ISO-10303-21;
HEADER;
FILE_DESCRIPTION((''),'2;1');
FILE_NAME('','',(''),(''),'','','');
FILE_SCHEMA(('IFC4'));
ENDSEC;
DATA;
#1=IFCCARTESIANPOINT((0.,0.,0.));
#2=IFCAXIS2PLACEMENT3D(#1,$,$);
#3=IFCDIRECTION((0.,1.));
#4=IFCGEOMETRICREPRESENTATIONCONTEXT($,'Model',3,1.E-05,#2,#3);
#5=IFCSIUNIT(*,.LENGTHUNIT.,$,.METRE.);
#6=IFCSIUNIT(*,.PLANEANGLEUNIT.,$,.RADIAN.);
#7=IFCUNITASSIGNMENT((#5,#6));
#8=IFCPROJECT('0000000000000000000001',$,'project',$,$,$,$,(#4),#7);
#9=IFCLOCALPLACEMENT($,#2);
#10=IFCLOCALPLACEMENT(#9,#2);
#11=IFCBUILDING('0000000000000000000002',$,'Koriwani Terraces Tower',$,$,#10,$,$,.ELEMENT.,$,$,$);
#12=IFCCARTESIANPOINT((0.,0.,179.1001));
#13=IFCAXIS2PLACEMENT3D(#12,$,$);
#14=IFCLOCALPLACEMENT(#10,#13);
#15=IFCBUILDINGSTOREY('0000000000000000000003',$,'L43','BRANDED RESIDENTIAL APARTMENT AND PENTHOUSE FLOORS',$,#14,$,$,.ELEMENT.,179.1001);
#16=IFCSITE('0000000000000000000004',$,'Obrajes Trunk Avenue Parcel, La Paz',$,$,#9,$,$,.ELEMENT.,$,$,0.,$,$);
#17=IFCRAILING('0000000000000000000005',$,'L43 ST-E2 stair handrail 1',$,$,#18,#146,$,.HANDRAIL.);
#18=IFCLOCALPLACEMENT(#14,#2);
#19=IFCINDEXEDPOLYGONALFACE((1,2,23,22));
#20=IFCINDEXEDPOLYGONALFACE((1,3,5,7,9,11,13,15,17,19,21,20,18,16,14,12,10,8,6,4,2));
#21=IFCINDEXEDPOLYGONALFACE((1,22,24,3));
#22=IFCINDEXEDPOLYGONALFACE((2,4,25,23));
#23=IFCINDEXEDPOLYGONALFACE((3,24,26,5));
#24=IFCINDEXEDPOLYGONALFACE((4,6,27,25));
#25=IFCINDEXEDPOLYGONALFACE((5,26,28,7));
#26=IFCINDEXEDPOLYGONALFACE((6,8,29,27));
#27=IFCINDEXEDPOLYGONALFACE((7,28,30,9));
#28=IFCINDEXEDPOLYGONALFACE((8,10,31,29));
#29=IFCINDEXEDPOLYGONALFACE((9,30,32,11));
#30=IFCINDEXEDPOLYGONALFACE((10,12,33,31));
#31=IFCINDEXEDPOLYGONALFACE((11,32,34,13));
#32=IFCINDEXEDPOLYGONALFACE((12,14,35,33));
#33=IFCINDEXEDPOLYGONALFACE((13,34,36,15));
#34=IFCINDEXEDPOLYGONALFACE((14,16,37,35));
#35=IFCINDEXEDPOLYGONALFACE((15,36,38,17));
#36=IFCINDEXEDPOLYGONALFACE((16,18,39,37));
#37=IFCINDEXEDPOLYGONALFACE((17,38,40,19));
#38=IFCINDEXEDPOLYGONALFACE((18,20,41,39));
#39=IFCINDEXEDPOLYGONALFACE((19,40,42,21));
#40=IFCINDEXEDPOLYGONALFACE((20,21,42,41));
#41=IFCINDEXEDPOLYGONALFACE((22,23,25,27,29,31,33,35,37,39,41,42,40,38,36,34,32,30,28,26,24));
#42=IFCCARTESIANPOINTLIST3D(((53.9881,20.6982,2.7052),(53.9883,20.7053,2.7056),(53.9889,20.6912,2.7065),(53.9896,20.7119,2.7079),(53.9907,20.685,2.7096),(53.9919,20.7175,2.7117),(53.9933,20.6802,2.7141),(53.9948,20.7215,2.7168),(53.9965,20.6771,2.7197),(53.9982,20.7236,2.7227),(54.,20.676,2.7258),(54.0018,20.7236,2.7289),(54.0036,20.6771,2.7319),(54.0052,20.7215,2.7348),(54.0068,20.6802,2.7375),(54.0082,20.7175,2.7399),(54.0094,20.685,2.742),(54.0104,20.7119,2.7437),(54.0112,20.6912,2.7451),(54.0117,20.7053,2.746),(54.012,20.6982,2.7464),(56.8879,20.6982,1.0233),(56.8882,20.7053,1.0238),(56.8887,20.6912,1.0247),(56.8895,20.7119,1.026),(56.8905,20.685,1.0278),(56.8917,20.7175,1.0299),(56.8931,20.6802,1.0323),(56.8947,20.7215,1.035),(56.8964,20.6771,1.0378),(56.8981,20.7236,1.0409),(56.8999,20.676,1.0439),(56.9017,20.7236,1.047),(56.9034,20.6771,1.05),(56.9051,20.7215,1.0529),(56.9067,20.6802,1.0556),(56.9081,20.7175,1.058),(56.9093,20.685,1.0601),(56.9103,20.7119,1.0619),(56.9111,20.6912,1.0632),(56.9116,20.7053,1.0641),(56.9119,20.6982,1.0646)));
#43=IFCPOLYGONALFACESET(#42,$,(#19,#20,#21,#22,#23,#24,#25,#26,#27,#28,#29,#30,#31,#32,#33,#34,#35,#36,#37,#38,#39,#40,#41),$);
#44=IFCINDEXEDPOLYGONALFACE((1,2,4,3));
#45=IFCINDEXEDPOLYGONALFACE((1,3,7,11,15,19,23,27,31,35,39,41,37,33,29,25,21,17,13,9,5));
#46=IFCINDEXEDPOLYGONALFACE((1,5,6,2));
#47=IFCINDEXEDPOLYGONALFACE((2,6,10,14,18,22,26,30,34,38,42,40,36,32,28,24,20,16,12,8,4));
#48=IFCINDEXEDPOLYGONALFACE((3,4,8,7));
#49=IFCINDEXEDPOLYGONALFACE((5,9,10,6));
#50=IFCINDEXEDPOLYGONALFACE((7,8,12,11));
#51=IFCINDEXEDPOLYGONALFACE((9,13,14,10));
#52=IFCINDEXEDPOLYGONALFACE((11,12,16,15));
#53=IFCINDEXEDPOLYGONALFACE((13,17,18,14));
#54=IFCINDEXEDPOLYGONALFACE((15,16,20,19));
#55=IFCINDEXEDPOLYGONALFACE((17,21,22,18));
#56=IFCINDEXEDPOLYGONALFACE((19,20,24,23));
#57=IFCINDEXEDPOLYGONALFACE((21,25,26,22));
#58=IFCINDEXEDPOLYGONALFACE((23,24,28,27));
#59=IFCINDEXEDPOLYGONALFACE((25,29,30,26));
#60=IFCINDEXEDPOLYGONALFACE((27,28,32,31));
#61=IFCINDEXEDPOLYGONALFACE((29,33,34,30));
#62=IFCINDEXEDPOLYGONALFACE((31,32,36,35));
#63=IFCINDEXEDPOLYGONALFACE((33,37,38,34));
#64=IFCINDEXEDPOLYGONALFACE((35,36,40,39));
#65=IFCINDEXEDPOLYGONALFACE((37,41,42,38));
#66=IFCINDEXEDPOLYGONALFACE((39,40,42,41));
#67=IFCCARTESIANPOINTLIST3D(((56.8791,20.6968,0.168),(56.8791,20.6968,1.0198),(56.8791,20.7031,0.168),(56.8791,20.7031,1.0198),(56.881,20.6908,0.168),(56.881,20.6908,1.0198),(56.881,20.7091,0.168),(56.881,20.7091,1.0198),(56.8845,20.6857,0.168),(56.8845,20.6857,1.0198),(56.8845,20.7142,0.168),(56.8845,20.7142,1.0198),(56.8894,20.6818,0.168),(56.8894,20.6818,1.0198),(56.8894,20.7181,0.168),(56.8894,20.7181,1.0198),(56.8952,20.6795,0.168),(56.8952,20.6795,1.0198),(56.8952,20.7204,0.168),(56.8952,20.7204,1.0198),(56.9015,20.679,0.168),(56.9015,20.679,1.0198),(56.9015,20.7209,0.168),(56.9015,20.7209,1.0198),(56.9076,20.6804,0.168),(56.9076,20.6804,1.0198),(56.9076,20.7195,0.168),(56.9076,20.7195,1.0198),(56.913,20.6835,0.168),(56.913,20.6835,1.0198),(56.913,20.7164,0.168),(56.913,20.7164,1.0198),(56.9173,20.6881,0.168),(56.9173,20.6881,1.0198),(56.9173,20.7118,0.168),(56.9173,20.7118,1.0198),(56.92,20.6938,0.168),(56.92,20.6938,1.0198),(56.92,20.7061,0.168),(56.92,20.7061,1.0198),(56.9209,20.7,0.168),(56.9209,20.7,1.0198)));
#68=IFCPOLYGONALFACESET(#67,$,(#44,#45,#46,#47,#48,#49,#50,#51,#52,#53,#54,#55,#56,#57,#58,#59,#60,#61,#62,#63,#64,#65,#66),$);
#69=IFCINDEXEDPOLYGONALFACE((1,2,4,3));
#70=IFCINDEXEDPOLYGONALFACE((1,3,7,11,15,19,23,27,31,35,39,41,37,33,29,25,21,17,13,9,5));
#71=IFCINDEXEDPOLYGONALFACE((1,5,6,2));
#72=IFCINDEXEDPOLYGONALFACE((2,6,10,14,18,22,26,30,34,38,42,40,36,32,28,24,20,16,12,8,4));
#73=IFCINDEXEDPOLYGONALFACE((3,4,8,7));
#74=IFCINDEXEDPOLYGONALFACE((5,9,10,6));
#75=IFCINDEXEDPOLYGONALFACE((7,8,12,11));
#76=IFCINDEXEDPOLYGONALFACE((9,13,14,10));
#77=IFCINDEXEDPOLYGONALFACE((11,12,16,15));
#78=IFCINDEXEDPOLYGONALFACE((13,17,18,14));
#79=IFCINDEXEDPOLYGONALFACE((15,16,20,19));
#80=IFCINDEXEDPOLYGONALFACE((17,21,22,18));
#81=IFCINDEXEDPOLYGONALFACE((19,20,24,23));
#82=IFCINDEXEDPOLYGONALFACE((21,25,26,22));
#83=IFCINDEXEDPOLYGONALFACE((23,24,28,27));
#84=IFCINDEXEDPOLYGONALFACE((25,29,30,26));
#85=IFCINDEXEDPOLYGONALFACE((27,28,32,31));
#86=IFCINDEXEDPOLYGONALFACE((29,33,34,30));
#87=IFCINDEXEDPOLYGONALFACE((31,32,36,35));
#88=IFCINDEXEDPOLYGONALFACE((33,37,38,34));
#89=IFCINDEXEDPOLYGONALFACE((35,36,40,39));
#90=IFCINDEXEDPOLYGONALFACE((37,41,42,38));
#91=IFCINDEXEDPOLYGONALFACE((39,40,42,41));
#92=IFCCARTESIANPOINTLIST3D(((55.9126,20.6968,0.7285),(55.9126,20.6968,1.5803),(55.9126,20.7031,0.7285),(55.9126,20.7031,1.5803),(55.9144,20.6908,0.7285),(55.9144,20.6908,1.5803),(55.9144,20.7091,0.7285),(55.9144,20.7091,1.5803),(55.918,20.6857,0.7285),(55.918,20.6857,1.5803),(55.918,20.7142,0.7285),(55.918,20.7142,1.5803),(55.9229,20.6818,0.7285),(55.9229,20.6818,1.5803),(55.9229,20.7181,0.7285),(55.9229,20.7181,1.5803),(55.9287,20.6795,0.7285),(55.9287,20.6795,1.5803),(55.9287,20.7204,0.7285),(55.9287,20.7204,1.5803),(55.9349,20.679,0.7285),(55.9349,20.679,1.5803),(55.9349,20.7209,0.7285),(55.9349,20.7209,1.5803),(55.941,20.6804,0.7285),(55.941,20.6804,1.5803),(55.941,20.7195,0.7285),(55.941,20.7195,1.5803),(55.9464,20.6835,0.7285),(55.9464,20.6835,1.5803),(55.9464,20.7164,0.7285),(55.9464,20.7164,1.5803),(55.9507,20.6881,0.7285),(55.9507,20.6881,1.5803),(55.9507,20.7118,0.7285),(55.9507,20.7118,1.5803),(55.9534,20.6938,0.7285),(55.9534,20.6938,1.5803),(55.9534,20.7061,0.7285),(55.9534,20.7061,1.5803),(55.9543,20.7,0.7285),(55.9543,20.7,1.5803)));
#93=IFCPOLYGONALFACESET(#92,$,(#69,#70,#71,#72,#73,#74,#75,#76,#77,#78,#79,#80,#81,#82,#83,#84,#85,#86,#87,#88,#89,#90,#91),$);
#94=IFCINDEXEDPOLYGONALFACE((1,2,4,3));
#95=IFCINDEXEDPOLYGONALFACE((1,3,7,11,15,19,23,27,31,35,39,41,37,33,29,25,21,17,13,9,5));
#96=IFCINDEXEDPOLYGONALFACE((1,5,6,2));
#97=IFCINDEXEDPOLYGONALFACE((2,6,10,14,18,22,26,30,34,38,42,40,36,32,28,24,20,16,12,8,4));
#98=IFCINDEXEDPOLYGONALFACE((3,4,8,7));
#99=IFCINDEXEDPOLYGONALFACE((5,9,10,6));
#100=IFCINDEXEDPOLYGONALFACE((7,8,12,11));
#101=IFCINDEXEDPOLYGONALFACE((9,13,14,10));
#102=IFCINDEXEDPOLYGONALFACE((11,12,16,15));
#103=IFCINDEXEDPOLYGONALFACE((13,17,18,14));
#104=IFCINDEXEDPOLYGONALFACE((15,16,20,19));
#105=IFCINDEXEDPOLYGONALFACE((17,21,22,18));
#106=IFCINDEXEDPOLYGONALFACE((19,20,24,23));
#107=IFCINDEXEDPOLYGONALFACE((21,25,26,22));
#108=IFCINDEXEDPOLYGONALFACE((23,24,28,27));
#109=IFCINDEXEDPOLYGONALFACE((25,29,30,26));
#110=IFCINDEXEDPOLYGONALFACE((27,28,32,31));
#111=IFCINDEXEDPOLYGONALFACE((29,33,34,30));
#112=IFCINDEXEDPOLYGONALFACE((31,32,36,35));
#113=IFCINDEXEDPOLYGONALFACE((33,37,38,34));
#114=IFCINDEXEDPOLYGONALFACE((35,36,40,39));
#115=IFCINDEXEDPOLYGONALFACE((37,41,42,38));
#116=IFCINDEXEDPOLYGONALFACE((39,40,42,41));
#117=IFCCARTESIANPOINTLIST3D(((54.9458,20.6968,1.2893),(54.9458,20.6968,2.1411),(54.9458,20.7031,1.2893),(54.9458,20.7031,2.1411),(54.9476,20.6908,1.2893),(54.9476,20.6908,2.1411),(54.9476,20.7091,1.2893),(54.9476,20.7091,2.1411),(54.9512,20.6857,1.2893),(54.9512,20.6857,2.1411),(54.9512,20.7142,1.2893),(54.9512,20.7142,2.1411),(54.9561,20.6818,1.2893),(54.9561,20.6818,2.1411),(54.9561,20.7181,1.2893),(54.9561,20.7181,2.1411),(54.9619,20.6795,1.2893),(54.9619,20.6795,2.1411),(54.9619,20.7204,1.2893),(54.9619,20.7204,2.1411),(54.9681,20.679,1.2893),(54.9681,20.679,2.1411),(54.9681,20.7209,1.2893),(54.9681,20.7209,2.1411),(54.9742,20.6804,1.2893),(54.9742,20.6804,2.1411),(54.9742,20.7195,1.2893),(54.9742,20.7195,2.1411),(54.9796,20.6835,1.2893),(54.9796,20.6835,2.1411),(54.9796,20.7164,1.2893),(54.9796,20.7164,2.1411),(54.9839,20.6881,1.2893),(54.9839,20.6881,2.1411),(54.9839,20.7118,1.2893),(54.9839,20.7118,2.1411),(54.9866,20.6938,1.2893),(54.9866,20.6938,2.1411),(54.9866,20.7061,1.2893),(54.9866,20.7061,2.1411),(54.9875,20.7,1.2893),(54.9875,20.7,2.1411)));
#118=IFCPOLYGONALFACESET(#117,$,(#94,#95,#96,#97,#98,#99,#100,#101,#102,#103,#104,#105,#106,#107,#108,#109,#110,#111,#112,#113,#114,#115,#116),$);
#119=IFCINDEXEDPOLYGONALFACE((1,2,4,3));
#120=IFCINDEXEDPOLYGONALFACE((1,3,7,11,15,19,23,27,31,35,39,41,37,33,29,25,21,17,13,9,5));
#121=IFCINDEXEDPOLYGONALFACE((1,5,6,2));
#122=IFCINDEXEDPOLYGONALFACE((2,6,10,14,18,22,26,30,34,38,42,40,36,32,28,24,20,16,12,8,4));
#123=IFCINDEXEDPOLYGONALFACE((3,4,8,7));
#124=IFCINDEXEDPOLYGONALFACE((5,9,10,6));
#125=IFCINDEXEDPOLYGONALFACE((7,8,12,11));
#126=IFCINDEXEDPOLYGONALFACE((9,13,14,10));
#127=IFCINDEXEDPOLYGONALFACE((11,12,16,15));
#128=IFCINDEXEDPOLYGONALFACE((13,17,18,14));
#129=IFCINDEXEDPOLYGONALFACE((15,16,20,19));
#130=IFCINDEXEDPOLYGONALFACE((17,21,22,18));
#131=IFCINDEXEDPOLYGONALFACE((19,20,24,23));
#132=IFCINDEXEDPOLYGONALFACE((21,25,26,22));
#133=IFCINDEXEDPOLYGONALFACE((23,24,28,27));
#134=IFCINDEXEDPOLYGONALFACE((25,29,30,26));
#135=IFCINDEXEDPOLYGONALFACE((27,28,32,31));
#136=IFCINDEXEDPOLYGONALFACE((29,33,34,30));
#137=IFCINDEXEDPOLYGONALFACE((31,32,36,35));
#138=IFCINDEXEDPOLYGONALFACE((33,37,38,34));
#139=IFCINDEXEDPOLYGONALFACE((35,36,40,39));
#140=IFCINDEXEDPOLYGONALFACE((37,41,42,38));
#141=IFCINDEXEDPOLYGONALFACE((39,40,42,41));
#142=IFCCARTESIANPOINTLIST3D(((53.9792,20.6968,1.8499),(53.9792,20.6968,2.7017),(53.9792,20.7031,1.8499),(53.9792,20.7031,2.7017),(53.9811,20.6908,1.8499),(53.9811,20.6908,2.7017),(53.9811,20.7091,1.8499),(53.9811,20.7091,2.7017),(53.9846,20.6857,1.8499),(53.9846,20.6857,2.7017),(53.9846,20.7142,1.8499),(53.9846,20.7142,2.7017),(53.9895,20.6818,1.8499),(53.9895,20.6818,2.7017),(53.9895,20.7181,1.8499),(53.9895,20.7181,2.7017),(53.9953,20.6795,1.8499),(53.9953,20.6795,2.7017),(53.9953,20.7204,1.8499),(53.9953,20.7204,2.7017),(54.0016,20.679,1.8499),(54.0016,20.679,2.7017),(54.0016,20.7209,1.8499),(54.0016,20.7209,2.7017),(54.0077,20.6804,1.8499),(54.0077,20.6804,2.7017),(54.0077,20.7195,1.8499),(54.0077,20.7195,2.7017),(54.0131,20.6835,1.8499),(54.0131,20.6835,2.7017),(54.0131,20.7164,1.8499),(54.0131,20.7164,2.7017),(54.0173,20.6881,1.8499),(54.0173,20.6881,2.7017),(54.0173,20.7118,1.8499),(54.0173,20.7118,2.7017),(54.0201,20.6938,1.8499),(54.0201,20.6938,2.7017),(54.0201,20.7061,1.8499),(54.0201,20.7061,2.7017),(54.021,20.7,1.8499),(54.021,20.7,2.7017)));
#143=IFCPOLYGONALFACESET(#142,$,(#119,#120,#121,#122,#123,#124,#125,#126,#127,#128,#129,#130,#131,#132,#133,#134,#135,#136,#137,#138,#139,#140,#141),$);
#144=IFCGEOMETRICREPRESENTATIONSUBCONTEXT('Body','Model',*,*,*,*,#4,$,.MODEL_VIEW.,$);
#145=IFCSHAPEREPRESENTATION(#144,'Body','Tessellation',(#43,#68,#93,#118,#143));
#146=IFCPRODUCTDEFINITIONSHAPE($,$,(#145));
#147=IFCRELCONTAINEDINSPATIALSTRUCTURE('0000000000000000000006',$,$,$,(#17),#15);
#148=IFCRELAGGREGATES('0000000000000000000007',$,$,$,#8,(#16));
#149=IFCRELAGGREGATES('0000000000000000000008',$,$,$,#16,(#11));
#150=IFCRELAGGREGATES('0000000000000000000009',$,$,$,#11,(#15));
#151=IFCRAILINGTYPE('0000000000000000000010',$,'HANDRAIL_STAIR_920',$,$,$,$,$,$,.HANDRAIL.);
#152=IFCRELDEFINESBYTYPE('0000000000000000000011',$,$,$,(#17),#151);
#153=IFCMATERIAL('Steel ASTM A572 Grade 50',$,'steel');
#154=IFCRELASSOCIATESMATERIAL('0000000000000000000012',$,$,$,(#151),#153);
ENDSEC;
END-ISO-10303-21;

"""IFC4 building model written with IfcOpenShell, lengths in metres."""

from ifc_helpers import new_model, si_unit, direction, frame, origin, origin_2d, place, context, subcontext, project, spatial, circle, extrude, material, type_object, element, save


model = new_model("IFC4")

# Units and contexts
model_context = context("Model", 3, precision=1e-05, world=origin(), true_north=direction((0.0, 1.0)))
body_context = subcontext(model_context, "Body", "Model", "MODEL_VIEW")
ifc_project = project(units=[si_unit("LENGTHUNIT", "METRE"), si_unit("PLANEANGLEUNIT", "RADIAN")], contexts=[model_context])

# Site, building, storey
site_placement = place(None, origin())
site = spatial("IfcSite", under=ifc_project, at=site_placement, Name="Obrajes Trunk Avenue Parcel, La Paz", CompositionType="ELEMENT", RefElevation=0.0)
building_placement = place(site_placement, origin())
building = spatial("IfcBuilding", under=site, at=building_placement, Name="Koriwani Terraces Tower", CompositionType="ELEMENT")
storey_placement = place(building_placement, frame((0.0, 0.0, 179.1001)))
storey = spatial("IfcBuildingStorey", under=building, at=storey_placement, Name="L43", Description="BRANDED RESIDENTIAL APARTMENT AND PENTHOUSE FLOORS", CompositionType="ELEMENT", Elevation=179.1001)

# Shared definitions
ifc_material_1 = material(Name="Steel ASTM A572 Grade 50", Category="steel")

# Railing
railing_type = type_object("IfcRailingType", Name="HANDRAIL_STAIR_920", PredefinedType="HANDRAIL", material=ifc_material_1)
railing_placement = place(storey_placement, frame((56.8999, 20.7, 0.168)))
element("IfcRailing", 1, at=railing_placement, inside=storey, type_object=railing_type, Name="L43 ST-E2 stair handrail 1", PredefinedType="HANDRAIL", context=body_context, shape_type="SweptSolid", body=[
    extrude(circle(Radius=0.0239, at=origin_2d()), frame((0.0, 0.0, 0.876), z_axis=(-0.865039, 0.0, 0.501705), x_axis=(0.0, -1.0, 0.0)), (0.0, 0.0, 1.0), 3.3523),
    extrude(circle(Radius=0.021, at=origin_2d()), origin(), (0.0, 0.0, 1.0), 0.8518),
    extrude(circle(Radius=0.021, at=origin_2d()), frame((-0.9666, 0.0, 0.5605)), (0.0, 0.0, 1.0), 0.8518),
    extrude(circle(Radius=0.021, at=origin_2d()), frame((-1.9333, 0.0, 1.1213)), (0.0, 0.0, 1.0), 0.8518),
    extrude(circle(Radius=0.021, at=origin_2d()), frame((-2.8999, 0.0, 1.6819)), (0.0, 0.0, 1.0), 0.8518),
])

save(model, "model.ifc")
